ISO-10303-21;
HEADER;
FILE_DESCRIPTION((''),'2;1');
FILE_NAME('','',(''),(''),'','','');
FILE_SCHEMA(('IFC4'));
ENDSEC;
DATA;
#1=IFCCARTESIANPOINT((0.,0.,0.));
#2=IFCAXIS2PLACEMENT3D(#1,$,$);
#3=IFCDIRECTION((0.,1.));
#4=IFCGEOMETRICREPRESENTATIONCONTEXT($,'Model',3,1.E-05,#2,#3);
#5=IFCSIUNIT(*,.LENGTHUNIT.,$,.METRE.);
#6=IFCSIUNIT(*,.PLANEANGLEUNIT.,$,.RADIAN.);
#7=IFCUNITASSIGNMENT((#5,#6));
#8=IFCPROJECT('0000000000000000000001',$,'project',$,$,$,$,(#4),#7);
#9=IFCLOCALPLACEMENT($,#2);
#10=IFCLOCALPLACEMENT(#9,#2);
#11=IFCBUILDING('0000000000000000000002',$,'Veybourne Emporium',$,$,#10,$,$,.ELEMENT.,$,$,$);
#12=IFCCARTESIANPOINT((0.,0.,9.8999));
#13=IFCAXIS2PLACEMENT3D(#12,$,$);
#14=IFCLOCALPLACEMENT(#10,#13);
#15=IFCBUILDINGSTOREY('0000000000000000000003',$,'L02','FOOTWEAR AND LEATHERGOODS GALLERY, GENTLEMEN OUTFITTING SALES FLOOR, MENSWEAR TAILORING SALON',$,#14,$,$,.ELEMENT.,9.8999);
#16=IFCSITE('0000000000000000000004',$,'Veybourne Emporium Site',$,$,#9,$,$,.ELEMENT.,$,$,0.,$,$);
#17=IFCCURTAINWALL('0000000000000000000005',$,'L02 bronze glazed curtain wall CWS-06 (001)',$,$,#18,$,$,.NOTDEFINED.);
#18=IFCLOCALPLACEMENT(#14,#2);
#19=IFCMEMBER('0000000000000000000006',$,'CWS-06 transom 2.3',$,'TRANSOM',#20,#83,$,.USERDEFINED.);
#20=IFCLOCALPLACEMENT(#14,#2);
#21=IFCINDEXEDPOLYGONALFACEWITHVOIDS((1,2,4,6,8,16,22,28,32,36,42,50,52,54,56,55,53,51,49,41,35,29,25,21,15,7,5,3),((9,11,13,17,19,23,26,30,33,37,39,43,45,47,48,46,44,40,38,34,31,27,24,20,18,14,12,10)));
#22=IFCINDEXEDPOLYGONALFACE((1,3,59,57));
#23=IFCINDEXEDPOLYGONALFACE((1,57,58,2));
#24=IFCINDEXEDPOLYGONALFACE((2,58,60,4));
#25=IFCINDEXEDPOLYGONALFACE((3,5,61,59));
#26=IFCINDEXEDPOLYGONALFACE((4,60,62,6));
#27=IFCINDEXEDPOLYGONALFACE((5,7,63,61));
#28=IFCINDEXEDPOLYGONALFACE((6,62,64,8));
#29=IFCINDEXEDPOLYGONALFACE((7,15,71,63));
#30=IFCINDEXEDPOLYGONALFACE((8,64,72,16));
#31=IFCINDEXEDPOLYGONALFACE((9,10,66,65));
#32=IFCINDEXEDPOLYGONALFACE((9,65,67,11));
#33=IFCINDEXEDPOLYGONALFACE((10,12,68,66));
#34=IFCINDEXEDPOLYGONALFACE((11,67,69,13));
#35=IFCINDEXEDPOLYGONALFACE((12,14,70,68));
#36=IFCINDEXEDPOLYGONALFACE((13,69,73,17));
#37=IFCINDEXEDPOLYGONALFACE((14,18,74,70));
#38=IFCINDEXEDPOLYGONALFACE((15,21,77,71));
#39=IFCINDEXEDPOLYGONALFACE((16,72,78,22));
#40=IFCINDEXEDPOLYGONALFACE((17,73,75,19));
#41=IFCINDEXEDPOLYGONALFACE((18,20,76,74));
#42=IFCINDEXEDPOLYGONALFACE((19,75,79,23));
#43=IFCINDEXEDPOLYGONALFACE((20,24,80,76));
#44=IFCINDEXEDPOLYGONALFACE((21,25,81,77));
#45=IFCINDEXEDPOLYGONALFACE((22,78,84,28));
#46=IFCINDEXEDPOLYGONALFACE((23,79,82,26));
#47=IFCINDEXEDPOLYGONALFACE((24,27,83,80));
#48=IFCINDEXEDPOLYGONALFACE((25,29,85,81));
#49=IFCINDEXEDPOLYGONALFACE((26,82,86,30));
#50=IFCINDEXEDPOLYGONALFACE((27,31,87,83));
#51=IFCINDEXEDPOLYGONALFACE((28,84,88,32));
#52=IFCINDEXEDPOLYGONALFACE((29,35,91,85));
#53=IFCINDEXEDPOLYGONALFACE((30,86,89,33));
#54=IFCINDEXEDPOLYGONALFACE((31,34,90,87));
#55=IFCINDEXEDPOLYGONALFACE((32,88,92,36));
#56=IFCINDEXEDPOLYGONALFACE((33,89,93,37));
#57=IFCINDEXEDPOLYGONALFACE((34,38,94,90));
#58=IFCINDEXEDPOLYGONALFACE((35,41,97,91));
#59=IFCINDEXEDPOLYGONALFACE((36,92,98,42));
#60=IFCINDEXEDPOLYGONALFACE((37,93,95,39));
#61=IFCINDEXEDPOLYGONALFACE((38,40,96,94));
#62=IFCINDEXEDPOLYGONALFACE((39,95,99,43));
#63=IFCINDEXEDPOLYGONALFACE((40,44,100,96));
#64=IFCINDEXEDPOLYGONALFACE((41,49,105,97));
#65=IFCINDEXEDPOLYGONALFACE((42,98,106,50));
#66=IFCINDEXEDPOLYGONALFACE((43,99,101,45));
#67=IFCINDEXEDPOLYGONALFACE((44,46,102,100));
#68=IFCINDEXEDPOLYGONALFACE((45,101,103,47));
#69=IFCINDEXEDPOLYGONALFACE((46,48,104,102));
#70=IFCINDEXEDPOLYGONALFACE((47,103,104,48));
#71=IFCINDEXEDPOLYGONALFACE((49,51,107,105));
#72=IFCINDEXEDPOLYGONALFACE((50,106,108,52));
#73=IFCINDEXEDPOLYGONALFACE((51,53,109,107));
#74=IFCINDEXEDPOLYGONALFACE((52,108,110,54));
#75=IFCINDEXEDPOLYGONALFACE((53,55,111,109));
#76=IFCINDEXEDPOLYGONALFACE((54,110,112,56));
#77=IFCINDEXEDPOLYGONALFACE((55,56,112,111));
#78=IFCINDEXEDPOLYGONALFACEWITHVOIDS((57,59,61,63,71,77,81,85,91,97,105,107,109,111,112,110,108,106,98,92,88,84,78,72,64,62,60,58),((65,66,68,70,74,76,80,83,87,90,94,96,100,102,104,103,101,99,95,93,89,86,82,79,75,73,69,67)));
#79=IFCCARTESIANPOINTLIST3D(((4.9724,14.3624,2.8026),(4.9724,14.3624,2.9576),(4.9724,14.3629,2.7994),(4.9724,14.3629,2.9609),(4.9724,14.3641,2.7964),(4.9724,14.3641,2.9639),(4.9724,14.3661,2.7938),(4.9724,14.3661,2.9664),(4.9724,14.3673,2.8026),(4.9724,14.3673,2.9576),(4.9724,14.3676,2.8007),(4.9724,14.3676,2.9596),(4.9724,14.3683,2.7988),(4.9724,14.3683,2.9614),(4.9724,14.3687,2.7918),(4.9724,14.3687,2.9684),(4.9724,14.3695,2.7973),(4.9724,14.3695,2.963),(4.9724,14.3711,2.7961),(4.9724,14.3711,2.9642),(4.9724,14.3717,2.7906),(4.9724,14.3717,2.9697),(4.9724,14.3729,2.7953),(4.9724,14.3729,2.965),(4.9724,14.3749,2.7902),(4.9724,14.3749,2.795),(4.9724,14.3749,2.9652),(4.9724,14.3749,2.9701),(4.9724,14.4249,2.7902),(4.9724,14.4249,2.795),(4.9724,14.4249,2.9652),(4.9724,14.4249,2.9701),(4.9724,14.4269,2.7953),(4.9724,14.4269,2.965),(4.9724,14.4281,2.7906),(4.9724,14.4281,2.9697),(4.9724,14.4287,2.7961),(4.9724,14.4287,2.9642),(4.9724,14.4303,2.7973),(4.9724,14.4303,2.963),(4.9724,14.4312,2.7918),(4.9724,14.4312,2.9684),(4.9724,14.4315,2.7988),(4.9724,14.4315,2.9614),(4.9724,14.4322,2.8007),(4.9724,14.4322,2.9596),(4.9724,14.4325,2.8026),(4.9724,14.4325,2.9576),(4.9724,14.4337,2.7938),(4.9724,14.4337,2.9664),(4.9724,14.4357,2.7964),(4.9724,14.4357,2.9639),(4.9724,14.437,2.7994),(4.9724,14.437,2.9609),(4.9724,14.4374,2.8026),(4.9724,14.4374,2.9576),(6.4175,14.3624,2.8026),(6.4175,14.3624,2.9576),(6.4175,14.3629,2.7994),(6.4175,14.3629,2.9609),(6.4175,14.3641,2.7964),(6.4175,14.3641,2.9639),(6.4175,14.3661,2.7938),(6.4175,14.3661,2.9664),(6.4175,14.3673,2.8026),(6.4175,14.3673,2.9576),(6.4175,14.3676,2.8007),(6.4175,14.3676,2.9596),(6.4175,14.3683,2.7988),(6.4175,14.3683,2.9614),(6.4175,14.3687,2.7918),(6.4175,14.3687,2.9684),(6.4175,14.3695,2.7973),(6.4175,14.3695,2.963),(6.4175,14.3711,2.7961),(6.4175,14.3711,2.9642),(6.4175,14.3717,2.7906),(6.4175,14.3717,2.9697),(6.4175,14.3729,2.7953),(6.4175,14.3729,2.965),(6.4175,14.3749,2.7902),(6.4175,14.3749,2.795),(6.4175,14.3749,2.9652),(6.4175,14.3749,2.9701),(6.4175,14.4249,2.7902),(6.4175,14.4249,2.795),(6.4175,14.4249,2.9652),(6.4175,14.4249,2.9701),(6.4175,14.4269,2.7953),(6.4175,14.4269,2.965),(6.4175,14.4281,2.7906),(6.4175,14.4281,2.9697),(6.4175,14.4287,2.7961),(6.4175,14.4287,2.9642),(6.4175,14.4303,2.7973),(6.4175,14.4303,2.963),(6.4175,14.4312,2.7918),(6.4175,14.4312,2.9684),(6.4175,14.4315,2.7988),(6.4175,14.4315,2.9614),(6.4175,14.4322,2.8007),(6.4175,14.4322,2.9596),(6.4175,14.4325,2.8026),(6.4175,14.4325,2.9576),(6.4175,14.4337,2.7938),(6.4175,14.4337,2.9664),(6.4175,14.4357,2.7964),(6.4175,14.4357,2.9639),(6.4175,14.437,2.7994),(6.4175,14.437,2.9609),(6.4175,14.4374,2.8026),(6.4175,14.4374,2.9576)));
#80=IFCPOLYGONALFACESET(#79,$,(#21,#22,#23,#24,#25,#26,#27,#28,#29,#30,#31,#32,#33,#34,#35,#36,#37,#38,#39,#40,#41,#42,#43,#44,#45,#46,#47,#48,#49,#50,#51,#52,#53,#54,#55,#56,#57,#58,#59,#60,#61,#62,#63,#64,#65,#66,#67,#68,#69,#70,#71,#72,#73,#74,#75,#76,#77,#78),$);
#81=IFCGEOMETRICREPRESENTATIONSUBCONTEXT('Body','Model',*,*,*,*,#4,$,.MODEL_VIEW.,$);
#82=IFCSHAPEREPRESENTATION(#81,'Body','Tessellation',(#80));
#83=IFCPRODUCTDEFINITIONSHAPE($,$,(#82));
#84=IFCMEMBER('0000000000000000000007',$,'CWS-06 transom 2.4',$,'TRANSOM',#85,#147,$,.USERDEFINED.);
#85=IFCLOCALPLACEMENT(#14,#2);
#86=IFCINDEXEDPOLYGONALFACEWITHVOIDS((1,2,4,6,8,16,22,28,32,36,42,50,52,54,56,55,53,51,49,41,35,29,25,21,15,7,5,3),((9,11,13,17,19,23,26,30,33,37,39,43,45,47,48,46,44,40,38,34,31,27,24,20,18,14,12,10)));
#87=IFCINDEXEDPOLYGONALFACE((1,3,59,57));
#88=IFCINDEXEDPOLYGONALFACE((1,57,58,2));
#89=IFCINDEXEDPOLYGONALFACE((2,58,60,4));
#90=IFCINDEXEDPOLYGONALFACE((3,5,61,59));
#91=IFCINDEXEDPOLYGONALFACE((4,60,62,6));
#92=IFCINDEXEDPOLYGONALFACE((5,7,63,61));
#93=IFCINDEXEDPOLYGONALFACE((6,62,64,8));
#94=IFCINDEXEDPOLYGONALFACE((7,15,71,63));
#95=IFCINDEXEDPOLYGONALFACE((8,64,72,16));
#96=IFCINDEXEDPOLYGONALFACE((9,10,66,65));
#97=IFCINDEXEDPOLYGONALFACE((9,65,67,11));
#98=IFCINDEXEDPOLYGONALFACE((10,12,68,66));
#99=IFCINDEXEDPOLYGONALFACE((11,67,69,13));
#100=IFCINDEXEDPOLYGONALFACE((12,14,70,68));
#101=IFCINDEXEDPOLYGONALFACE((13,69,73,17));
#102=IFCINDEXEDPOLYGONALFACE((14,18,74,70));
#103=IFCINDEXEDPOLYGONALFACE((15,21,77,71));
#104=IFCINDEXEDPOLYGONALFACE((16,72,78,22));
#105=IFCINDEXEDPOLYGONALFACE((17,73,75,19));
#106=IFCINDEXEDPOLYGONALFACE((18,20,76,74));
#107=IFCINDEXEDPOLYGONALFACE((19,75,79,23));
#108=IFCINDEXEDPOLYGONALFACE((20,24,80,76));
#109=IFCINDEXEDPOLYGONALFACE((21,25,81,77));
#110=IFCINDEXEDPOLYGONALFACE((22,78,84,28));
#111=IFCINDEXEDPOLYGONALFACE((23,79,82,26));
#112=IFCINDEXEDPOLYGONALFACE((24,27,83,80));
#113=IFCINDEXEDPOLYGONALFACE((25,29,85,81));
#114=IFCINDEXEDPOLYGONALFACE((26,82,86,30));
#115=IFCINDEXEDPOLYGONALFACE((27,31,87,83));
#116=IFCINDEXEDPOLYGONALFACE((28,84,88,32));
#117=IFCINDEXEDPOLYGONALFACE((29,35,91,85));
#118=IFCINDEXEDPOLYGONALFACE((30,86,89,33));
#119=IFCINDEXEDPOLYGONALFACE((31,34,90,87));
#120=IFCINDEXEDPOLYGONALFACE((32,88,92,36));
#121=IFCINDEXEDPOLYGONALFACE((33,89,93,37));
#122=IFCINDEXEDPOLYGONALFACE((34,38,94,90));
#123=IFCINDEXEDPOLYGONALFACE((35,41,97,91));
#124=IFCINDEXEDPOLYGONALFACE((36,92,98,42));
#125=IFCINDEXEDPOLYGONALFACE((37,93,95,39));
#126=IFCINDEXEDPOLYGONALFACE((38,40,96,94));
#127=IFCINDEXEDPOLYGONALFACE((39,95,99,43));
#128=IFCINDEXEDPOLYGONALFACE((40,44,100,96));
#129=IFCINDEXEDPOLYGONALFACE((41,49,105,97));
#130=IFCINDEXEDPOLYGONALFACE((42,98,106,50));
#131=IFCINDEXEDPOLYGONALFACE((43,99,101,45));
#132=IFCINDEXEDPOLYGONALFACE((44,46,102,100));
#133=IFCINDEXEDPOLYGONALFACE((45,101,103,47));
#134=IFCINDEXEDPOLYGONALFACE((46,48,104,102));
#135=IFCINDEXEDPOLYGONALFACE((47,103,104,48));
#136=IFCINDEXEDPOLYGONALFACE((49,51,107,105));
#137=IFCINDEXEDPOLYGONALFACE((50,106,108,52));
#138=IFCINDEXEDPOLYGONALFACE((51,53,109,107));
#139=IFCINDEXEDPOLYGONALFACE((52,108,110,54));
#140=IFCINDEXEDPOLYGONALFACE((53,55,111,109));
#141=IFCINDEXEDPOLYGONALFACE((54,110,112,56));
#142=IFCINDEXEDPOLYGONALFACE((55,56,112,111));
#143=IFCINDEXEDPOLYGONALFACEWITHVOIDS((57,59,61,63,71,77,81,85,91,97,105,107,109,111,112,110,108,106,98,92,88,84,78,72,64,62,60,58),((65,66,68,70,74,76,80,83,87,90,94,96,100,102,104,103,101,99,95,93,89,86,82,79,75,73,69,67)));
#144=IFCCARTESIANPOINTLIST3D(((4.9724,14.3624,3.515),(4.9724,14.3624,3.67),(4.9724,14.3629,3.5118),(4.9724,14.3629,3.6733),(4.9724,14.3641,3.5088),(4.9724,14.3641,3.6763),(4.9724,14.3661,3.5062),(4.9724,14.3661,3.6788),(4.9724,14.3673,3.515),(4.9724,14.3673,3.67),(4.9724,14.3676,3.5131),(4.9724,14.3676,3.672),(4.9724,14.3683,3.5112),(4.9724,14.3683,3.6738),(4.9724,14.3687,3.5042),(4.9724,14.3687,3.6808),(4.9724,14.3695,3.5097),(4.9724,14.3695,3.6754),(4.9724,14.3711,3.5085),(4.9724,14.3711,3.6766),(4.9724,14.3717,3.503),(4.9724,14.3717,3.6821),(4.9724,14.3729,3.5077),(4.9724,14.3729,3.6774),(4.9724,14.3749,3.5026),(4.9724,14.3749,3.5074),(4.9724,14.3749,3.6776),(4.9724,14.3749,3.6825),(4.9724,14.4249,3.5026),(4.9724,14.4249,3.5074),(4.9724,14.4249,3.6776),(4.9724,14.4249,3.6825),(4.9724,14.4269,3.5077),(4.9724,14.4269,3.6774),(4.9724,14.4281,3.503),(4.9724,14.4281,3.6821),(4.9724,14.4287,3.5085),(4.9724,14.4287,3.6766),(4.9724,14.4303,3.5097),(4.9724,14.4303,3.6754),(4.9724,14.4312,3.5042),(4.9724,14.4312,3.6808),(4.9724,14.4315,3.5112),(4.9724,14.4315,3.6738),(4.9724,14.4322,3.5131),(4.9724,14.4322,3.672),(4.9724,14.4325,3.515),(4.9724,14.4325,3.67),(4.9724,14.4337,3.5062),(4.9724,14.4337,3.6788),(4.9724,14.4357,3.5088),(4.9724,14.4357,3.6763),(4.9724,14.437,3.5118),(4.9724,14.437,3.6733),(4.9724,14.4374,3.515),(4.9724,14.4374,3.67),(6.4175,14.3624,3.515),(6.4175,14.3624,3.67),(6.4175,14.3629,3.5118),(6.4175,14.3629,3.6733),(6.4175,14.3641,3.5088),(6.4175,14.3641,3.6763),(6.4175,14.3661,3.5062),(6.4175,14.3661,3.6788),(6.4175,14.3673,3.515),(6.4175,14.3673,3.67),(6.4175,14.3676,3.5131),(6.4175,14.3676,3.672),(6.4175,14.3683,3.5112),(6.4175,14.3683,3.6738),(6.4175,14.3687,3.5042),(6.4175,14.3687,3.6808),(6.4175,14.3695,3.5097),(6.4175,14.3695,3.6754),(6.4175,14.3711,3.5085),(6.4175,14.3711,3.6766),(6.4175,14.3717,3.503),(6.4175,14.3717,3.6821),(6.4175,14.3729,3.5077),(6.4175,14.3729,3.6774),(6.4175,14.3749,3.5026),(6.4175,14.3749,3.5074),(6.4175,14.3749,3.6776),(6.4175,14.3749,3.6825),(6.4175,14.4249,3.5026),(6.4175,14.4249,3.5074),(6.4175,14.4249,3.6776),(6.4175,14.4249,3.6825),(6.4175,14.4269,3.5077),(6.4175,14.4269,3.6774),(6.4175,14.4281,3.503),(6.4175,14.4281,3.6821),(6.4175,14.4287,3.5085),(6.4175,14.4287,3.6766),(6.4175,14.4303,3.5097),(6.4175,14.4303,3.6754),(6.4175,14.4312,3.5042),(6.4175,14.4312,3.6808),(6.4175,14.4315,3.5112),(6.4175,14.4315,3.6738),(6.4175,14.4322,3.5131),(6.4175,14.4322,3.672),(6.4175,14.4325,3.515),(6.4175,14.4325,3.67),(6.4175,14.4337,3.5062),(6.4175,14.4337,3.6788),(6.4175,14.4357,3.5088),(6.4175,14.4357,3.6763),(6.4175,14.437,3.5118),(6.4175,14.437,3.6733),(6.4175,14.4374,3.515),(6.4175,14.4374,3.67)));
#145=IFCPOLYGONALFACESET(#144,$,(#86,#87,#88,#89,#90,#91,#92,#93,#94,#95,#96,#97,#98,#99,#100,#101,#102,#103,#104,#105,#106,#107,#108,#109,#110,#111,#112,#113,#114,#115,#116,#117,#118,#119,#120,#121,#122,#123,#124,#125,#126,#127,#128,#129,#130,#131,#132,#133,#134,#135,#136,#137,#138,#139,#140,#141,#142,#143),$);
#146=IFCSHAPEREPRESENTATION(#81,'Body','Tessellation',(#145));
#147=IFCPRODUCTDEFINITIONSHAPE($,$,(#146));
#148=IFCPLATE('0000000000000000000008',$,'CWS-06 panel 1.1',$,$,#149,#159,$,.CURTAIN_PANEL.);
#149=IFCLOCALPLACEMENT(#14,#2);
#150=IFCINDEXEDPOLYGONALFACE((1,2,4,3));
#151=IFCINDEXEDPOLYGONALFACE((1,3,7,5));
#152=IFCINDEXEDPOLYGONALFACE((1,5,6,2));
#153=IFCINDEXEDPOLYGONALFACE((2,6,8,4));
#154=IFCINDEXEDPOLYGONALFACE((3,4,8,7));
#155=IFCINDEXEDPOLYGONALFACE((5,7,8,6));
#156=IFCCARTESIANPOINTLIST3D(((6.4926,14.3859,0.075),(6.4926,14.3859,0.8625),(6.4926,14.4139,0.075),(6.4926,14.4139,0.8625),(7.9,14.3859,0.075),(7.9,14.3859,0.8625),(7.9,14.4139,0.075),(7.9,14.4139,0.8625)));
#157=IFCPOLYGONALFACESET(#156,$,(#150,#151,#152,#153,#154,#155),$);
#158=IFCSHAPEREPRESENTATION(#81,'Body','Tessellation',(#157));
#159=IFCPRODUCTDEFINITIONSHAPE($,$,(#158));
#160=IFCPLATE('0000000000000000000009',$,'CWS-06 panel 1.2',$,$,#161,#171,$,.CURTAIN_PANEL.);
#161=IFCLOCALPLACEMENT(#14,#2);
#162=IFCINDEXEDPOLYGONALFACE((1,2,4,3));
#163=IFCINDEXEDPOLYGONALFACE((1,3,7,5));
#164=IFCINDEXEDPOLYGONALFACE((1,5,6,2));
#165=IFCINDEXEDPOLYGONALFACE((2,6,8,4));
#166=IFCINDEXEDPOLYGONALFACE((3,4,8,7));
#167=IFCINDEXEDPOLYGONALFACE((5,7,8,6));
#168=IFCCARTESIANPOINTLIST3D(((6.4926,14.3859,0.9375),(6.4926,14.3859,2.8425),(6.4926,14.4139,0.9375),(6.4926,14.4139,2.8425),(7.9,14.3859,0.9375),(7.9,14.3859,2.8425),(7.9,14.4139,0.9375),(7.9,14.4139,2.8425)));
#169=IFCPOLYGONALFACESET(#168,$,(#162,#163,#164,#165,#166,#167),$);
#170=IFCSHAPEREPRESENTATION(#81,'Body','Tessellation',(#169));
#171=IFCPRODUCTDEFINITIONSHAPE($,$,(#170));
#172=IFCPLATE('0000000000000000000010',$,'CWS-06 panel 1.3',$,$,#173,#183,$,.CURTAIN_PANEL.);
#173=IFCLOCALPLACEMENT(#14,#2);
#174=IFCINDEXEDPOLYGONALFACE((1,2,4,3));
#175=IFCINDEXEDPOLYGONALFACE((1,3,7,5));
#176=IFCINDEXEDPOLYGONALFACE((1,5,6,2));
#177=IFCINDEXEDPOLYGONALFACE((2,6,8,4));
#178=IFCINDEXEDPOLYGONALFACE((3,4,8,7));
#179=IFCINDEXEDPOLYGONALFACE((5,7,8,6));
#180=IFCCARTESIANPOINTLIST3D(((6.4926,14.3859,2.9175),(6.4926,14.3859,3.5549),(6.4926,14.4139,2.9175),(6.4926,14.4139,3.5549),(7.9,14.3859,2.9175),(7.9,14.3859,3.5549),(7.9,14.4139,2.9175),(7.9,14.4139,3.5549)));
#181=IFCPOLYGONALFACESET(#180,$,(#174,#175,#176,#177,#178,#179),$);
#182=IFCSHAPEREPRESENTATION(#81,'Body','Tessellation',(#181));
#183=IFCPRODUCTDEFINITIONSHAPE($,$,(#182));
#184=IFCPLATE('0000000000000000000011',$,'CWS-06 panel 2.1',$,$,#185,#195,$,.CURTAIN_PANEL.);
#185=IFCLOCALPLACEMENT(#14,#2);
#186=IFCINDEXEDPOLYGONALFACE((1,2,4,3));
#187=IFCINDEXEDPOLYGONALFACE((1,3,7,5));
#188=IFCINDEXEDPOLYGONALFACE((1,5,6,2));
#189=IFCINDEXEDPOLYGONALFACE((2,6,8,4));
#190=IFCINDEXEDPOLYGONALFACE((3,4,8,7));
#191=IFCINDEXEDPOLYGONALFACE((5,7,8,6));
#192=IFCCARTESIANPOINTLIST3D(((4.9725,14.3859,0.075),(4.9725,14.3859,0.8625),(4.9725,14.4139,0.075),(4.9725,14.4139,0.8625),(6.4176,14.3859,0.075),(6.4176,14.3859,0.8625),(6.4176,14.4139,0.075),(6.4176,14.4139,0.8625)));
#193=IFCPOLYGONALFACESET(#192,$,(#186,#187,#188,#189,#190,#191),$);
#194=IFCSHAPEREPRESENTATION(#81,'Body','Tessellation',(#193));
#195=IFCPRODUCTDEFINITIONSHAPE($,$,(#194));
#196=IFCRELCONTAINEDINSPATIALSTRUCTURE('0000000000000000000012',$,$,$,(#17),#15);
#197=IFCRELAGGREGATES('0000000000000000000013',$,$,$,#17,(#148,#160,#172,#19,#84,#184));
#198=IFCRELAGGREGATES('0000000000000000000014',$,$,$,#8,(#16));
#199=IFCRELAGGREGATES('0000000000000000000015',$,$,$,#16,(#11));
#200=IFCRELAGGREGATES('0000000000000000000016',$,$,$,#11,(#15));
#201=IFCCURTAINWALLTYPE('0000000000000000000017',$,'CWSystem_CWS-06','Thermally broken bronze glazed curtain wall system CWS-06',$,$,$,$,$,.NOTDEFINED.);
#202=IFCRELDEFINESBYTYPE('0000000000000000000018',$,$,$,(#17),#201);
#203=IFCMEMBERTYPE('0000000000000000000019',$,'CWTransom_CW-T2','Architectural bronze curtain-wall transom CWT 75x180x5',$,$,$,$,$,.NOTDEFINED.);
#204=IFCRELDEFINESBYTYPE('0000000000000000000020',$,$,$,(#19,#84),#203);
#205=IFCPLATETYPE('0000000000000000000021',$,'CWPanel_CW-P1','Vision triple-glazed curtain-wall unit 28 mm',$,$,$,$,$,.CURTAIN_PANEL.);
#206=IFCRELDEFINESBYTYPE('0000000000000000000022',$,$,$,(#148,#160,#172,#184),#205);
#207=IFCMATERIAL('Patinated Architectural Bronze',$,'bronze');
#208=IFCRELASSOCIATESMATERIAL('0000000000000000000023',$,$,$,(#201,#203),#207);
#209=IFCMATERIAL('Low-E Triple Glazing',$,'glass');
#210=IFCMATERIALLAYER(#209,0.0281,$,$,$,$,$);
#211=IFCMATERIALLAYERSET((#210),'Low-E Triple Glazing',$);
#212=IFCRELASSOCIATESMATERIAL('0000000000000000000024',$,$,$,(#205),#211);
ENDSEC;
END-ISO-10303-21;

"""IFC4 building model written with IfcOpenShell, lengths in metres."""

from ifc_helpers import new_model, si_unit, direction, frame, origin, origin_2d, place, context, subcontext, project, spatial, rectangle, hollow_rectangle, extrude, material, layer, layer_set, material_profile, profile_set, type_object, element, aggregate, save


model = new_model("IFC4")

# Units and contexts
model_context = context("Model", 3, precision=1e-05, world=origin(), true_north=direction((0.0, 1.0)))
body_context = subcontext(model_context, "Body", "Model", "MODEL_VIEW")
ifc_project = project(units=[si_unit("LENGTHUNIT", "METRE"), si_unit("PLANEANGLEUNIT", "RADIAN")], contexts=[model_context])

# Site, building, storey
site_placement = place(None, origin())
site = spatial("IfcSite", under=ifc_project, at=site_placement, Name="Veybourne Emporium Site", CompositionType="ELEMENT", RefElevation=0.0)
building_placement = place(site_placement, origin())
building = spatial("IfcBuilding", under=site, at=building_placement, Name="Veybourne Emporium", CompositionType="ELEMENT")
storey_placement = place(building_placement, frame((0.0, 0.0, 9.8999)))
storey = spatial("IfcBuildingStorey", under=building, at=storey_placement, Name="L02", Description="FOOTWEAR AND LEATHERGOODS GALLERY, GENTLEMEN OUTFITTING SALES FLOOR, MENSWEAR TAILORING SALON", CompositionType="ELEMENT", Elevation=9.8999)

# Curtain wall, members, plates
ifc_material_1 = material(Name="Patinated Architectural Bronze", Category="bronze")
curtain_wall_type = type_object("IfcCurtainWallType", Name="CWSystem_CWS-06", Description="Thermally broken bronze glazed curtain wall system CWS-06", PredefinedType="NOTDEFINED", material=ifc_material_1)
curtain_wall_placement = place(storey_placement, origin())
curtain_wall = element("IfcCurtainWall", 1, at=curtain_wall_placement, inside=storey, type_object=curtain_wall_type, Name="L02 bronze glazed curtain wall CWS-06 (001)", PredefinedType="NOTDEFINED")
ifc_material_profile_1 = material_profile(ifc_material_1, hollow_rectangle(XDim=0.075, YDim=0.1799, WallThickness=0.0049, InnerFilletRadius=0.0076, OuterFilletRadius=0.0125, at=origin_2d()), Name="CWT 75x180x5")
ifc_profile_set_1 = profile_set([ifc_material_profile_1], Name="Patinated Architectural Bronze")
member_type_1 = type_object("IfcMemberType", Name="CWTransom_CW-T2", Description="Architectural bronze curtain-wall transom CWT 75x180x5", PredefinedType="NOTDEFINED", material=ifc_profile_set_1)
member_1_placement = place(storey_placement, frame((6.4175, 14.3999, 2.8801), z_axis=(-1.0, 0.0, 0.0), x_axis=(0.0, -1.0, 0.0)))
member_1 = element("IfcMember", 2, at=member_1_placement, type_object=member_type_1, Name="CWS-06 transom 2.3", ObjectType="TRANSOM", PredefinedType="USERDEFINED", context=body_context, shape_type="SweptSolid", body=[
    extrude(hollow_rectangle(XDim=0.075, YDim=0.1799, WallThickness=0.0049, InnerFilletRadius=0.0076, OuterFilletRadius=0.0125, at=origin_2d()), origin(), (0.0, 0.0, 1.0), 1.4451),
])
member_2_placement = place(storey_placement, frame((6.4175, 14.3999, 3.5925), z_axis=(-1.0, 0.0, 0.0), x_axis=(0.0, -1.0, 0.0)))
member_2 = element("IfcMember", 3, at=member_2_placement, type_object=member_type_1, Name="CWS-06 transom 2.4", ObjectType="TRANSOM", PredefinedType="USERDEFINED", context=body_context, shape_type="SweptSolid", body=[
    extrude(hollow_rectangle(XDim=0.075, YDim=0.1799, WallThickness=0.0049, InnerFilletRadius=0.0076, OuterFilletRadius=0.0125, at=origin_2d()), origin(), (0.0, 0.0, 1.0), 1.4451),
])
ifc_material_2 = material(Name="Low-E Triple Glazing", Category="glass")
ifc_layer = layer(ifc_material_2, 0.0281)
ifc_layer_set = layer_set([ifc_layer], Name="Low-E Triple Glazing")
plate_type = type_object("IfcPlateType", Name="CWPanel_CW-P1", Description="Vision triple-glazed curtain-wall unit 28 mm", PredefinedType="CURTAIN_PANEL", material=ifc_layer_set)
plate_1_placement = place(storey_placement, frame((7.1963, 14.3999, 0.075), z_axis=(0.0, 0.0, 1.0), x_axis=(-1.0, 0.0, 0.0)))
plate_1 = element("IfcPlate", 4, at=plate_1_placement, type_object=plate_type, Name="CWS-06 panel 1.1", PredefinedType="CURTAIN_PANEL", context=body_context, shape_type="SweptSolid", body=[
    extrude(rectangle(XDim=1.4075, YDim=0.0281, at=origin_2d()), origin(), (0.0, 0.0, 1.0), 0.7876),
])
plate_2_placement = place(storey_placement, frame((7.1963, 14.3999, 0.9375), z_axis=(0.0, 0.0, 1.0), x_axis=(-1.0, 0.0, 0.0)))
plate_2 = element("IfcPlate", 5, at=plate_2_placement, type_object=plate_type, Name="CWS-06 panel 1.2", PredefinedType="CURTAIN_PANEL", context=body_context, shape_type="SweptSolid", body=[
    extrude(rectangle(XDim=1.4075, YDim=0.0281, at=origin_2d()), origin(), (0.0, 0.0, 1.0), 1.905),
])
plate_3_placement = place(storey_placement, frame((7.1963, 14.3999, 2.9175), z_axis=(0.0, 0.0, 1.0), x_axis=(-1.0, 0.0, 0.0)))
plate_3 = element("IfcPlate", 6, at=plate_3_placement, type_object=plate_type, Name="CWS-06 panel 1.3", PredefinedType="CURTAIN_PANEL", context=body_context, shape_type="SweptSolid", body=[
    extrude(rectangle(XDim=1.4075, YDim=0.0281, at=origin_2d()), origin(), (0.0, 0.0, 1.0), 0.6375),
])
plate_4_placement = place(storey_placement, frame((5.6951, 14.3999, 0.075), z_axis=(0.0, 0.0, 1.0), x_axis=(-1.0, 0.0, 0.0)))
plate_4 = element("IfcPlate", 7, at=plate_4_placement, type_object=plate_type, Name="CWS-06 panel 2.1", PredefinedType="CURTAIN_PANEL", context=body_context, shape_type="SweptSolid", body=[
    extrude(rectangle(XDim=1.4451, YDim=0.0281, at=origin_2d()), origin(), (0.0, 0.0, 1.0), 0.7876),
])
aggregate(curtain_wall, [plate_1, plate_2, plate_3, member_1, member_2, plate_4])

save(model, "model.ifc")
